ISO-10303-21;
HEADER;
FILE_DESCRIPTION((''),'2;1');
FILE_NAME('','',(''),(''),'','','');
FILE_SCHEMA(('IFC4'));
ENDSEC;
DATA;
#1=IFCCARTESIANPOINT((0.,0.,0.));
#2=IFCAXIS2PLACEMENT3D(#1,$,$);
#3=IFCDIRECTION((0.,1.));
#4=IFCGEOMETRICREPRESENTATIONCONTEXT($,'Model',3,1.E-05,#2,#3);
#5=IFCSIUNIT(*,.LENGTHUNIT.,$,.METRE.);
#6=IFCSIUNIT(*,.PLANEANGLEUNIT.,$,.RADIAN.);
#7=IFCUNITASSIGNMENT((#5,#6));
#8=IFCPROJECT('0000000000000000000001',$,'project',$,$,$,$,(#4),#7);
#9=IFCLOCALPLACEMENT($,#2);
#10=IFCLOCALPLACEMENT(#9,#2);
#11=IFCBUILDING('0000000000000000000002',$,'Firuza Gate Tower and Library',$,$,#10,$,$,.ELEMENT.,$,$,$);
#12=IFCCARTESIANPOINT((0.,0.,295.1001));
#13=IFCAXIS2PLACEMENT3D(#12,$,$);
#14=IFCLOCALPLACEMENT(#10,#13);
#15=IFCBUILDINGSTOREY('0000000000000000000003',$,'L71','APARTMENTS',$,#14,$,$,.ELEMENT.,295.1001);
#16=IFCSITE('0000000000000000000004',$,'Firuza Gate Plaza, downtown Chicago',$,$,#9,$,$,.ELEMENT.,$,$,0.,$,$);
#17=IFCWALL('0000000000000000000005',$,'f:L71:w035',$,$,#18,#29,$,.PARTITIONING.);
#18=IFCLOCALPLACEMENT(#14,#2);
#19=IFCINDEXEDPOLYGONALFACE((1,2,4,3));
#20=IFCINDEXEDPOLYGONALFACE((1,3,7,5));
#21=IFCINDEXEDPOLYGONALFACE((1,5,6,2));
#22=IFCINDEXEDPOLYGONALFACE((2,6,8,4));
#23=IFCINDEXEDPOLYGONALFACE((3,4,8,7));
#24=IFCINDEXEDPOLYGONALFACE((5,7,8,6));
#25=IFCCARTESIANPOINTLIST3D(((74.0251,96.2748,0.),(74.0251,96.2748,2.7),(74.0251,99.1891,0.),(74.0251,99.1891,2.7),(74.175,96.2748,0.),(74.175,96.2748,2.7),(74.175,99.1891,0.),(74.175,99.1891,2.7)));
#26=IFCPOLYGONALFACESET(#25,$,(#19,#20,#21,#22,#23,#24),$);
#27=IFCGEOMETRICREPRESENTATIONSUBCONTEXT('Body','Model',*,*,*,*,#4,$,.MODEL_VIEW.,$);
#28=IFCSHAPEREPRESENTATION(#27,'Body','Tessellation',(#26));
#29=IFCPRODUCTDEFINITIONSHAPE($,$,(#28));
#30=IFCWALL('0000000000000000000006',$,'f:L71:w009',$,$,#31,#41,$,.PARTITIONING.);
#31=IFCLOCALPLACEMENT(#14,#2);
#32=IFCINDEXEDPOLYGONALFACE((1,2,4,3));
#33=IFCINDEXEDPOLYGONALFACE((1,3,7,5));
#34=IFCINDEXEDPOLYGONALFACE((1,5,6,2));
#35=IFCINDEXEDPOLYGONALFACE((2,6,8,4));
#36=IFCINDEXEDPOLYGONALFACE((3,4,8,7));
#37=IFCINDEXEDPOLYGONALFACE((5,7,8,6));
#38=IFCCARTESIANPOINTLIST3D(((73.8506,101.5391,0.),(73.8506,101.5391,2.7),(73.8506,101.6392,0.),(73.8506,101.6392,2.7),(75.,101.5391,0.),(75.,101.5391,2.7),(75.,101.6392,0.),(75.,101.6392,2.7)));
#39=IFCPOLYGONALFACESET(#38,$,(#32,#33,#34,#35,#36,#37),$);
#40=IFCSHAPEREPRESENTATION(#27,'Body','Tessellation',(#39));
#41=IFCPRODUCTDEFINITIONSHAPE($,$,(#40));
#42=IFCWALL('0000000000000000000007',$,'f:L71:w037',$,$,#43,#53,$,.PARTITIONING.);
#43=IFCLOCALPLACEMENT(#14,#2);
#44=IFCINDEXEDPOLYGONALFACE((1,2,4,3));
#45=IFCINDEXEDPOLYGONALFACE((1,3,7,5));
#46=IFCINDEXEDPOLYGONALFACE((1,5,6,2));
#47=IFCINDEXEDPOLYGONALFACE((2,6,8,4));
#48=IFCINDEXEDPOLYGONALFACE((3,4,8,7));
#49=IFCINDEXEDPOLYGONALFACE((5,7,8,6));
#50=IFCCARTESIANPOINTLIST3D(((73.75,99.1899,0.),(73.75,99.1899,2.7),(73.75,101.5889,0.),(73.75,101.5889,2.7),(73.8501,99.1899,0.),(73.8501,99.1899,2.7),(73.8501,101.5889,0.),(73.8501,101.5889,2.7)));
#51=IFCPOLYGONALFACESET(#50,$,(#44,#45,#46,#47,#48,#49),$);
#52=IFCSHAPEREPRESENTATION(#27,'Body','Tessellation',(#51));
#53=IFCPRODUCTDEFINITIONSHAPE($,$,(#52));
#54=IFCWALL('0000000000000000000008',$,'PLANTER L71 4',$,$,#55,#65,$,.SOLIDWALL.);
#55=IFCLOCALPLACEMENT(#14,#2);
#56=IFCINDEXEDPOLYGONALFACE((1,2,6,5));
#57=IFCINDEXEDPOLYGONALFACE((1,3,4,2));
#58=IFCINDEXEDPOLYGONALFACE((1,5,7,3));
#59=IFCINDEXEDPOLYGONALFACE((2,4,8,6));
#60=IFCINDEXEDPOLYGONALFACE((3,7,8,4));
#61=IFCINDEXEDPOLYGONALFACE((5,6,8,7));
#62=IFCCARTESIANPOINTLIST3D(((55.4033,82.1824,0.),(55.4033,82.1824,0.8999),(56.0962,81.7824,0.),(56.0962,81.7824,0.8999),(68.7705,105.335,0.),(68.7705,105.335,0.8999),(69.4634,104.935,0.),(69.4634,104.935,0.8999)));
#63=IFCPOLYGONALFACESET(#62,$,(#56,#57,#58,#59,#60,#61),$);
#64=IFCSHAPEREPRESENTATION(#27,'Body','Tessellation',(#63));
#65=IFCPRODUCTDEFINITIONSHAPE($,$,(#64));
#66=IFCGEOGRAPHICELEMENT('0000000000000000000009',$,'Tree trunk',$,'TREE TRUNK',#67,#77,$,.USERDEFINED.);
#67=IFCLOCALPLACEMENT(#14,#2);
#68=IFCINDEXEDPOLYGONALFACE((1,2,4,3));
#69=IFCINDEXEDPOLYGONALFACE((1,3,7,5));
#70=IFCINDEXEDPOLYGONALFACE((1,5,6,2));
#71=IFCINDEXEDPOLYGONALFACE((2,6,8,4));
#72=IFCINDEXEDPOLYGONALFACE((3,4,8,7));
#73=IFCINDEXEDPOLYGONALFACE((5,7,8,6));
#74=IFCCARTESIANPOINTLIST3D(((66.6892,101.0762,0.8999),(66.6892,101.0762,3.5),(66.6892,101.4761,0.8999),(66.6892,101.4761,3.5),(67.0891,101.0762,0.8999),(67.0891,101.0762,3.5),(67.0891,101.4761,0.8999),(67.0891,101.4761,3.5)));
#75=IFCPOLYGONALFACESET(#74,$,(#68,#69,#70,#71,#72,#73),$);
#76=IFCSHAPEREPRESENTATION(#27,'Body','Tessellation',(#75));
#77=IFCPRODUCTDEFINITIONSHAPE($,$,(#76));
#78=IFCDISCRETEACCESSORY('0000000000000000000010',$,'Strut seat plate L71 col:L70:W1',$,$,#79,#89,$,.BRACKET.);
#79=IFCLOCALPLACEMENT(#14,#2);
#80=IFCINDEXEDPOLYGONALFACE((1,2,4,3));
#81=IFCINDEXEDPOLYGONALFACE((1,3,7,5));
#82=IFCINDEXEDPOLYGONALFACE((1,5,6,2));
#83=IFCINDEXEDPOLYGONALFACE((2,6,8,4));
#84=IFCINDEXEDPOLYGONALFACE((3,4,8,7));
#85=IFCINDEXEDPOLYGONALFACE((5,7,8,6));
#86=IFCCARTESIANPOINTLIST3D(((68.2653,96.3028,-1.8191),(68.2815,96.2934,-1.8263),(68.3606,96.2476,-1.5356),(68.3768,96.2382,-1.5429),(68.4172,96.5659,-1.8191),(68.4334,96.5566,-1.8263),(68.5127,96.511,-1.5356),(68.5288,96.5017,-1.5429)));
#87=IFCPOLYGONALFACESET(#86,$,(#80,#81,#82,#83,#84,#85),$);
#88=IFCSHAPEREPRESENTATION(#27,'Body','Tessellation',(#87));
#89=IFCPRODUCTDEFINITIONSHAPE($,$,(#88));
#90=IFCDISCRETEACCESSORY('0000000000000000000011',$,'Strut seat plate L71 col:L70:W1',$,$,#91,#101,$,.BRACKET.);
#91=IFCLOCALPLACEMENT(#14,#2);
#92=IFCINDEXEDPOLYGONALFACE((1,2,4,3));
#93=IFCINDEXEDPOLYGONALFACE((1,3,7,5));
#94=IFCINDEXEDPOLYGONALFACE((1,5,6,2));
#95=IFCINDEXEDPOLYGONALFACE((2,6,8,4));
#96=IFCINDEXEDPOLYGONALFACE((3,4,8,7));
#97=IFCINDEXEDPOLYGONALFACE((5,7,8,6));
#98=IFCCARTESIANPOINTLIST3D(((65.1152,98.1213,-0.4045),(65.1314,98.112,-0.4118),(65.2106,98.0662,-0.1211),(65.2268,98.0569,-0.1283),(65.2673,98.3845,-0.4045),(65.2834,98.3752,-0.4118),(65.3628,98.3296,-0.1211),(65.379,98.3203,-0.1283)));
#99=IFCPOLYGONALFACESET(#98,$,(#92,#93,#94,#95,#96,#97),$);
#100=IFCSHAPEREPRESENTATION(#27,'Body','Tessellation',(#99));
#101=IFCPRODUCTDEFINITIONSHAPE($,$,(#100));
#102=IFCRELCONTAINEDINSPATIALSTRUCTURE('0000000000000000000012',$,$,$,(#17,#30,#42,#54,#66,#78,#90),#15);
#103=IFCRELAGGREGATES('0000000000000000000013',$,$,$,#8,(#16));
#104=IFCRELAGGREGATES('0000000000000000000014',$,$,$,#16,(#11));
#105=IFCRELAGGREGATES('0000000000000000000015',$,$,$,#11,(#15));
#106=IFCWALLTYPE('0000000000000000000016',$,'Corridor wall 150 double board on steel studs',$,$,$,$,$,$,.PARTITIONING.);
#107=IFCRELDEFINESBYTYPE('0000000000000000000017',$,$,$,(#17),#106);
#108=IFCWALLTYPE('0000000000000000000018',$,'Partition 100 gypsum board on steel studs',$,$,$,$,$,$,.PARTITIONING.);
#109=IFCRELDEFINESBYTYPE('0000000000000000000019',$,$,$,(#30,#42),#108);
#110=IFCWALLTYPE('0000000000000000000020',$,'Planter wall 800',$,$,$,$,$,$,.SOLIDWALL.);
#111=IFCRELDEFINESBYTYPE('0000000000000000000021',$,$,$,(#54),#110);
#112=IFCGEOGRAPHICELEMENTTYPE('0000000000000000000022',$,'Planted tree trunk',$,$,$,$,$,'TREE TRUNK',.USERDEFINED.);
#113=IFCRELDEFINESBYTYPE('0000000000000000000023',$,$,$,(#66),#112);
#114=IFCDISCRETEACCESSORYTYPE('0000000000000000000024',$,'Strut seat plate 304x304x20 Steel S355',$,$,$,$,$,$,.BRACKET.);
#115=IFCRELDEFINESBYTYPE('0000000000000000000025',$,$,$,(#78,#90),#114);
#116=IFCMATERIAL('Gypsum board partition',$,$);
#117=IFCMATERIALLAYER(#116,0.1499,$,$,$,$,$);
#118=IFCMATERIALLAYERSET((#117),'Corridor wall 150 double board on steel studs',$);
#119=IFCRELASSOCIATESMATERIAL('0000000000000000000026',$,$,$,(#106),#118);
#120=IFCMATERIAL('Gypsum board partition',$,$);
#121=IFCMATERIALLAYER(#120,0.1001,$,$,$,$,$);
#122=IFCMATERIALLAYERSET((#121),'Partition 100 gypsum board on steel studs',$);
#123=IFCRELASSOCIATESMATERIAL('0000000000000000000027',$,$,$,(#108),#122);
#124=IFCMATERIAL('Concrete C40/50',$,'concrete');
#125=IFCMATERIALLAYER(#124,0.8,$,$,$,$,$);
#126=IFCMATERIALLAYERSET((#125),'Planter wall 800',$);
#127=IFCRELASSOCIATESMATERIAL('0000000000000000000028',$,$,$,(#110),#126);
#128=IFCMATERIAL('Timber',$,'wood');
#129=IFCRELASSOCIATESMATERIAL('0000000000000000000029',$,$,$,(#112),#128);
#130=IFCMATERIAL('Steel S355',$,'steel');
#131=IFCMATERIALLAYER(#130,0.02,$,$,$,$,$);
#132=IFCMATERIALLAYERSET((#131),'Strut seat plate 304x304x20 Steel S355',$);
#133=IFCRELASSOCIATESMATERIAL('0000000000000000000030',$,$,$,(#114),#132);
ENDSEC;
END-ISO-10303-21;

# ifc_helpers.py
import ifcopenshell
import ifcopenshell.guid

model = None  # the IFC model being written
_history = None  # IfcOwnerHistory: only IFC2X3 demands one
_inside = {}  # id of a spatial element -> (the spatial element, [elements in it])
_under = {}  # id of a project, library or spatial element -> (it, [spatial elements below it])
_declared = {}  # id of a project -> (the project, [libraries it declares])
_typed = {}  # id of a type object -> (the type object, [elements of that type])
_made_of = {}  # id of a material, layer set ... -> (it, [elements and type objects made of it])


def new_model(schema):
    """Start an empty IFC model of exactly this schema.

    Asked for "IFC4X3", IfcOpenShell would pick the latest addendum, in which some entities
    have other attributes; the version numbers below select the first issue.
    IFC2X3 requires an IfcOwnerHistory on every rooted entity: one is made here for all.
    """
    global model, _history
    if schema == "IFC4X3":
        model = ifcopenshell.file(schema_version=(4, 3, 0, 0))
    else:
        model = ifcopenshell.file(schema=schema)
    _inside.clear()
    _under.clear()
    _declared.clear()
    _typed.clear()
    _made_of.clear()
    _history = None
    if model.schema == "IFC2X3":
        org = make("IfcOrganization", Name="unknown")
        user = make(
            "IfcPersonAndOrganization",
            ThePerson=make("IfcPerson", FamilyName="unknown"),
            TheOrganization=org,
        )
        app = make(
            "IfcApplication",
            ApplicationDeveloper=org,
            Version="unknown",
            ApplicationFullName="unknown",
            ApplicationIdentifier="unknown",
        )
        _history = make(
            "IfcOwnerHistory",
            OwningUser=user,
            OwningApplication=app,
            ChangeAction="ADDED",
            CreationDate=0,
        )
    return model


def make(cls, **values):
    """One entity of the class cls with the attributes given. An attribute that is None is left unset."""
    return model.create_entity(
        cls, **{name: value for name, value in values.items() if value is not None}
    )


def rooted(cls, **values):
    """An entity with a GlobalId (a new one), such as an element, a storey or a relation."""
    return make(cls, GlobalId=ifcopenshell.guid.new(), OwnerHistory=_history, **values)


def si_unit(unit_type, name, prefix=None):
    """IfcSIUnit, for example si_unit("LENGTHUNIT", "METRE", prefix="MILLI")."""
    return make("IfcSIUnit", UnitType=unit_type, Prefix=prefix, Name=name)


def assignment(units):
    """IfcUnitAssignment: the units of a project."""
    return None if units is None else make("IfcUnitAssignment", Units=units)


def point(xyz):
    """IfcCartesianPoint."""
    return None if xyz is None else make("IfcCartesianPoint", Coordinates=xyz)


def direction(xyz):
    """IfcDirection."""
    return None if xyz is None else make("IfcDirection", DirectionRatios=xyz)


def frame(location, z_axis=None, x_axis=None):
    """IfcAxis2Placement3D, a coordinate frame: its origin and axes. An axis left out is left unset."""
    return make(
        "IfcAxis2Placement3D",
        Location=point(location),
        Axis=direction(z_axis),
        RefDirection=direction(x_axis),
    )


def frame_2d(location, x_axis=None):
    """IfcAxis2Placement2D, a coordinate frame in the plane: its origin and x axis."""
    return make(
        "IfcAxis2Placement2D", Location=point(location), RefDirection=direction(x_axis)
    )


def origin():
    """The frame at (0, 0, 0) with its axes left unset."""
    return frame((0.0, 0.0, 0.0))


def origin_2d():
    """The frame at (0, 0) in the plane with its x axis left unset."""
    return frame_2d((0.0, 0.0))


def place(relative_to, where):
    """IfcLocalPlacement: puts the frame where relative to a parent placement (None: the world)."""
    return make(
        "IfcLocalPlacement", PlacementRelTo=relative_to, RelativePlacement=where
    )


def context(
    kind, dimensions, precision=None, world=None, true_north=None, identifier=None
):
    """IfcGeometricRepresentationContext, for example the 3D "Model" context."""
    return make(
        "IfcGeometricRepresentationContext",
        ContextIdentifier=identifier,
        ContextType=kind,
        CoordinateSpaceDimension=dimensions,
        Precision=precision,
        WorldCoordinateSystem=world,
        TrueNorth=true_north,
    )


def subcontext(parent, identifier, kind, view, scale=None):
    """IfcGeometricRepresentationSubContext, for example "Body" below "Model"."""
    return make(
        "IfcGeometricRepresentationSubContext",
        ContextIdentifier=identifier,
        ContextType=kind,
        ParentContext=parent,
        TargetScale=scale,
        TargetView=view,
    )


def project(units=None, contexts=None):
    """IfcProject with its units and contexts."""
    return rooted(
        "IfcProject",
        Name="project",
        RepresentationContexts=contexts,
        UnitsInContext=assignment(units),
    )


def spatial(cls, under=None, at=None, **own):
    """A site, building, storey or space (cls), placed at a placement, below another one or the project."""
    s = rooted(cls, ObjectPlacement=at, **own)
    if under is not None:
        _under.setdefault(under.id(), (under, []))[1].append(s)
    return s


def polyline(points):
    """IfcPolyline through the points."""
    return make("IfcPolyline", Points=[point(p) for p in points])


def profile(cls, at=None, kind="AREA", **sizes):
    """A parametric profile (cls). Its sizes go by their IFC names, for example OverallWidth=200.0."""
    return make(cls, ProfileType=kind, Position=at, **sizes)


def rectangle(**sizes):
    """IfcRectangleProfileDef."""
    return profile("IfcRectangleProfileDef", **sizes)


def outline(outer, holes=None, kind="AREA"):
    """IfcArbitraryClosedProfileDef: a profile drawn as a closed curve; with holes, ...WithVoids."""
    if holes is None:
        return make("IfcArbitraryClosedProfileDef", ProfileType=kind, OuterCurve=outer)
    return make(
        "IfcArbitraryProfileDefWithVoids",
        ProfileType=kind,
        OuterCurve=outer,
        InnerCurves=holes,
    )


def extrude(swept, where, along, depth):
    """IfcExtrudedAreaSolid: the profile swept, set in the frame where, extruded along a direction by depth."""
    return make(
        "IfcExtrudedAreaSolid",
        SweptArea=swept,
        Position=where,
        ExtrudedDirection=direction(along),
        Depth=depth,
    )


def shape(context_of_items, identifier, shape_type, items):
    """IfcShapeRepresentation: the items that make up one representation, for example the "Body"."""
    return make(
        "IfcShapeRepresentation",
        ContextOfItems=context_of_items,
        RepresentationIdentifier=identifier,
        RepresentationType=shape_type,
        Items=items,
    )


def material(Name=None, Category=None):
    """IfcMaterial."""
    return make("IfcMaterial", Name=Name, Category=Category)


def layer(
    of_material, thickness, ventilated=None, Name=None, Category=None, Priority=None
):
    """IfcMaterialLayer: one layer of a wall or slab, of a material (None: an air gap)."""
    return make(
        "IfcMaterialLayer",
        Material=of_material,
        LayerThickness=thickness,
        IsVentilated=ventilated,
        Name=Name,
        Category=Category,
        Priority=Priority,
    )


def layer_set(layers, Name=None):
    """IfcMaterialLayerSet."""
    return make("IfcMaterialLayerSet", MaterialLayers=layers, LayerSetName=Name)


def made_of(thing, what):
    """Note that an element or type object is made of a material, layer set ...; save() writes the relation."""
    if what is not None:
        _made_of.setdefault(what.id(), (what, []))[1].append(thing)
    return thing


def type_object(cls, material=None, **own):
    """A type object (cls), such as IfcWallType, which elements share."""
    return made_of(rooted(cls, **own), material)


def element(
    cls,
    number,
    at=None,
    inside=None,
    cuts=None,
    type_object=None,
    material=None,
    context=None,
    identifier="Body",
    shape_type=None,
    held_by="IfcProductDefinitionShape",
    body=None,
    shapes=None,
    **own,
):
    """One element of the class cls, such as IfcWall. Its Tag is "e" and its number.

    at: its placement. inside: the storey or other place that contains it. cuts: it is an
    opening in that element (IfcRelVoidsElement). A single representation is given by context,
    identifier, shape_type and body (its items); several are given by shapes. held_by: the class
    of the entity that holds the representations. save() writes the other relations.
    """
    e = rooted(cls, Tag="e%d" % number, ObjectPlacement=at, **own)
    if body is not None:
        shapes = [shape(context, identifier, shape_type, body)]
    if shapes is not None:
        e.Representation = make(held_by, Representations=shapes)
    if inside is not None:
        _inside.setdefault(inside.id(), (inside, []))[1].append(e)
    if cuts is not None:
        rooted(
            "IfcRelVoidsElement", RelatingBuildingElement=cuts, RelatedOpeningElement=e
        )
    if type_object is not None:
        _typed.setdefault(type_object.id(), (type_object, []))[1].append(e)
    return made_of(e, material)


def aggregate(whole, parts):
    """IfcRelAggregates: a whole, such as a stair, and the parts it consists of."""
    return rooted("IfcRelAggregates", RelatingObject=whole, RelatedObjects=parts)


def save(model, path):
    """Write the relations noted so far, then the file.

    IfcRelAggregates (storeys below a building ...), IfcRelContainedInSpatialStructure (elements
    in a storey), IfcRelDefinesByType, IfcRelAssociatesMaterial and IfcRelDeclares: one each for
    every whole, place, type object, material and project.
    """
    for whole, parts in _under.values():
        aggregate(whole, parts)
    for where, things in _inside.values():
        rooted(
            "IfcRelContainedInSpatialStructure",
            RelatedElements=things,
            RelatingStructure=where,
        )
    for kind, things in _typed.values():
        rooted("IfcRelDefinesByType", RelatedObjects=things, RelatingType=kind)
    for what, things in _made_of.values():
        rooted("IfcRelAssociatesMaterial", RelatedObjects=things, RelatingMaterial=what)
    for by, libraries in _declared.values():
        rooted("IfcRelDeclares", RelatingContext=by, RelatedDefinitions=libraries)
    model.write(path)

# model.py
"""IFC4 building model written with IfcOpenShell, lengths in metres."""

from ifc_helpers import new_model, si_unit, direction, frame, frame_2d, origin, origin_2d, place, context, subcontext, project, spatial, polyline, rectangle, outline, extrude, material, layer, layer_set, type_object, element, save


model = new_model("IFC4")

# Units and contexts
model_context = context("Model", 3, precision=1e-05, world=origin(), true_north=direction((0.0, 1.0)))
body_context = subcontext(model_context, "Body", "Model", "MODEL_VIEW")
ifc_project = project(units=[si_unit("LENGTHUNIT", "METRE"), si_unit("PLANEANGLEUNIT", "RADIAN")], contexts=[model_context])

# Site, building, storey
site_placement = place(None, origin())
site = spatial("IfcSite", under=ifc_project, at=site_placement, Name="Firuza Gate Plaza, downtown Chicago", CompositionType="ELEMENT", RefElevation=0.0)
building_placement = place(site_placement, origin())
building = spatial("IfcBuilding", under=site, at=building_placement, Name="Firuza Gate Tower and Library", CompositionType="ELEMENT")
storey_placement = place(building_placement, frame((0.0, 0.0, 295.1001)))
storey = spatial("IfcBuildingStorey", under=building, at=storey_placement, Name="L71", Description="APARTMENTS", CompositionType="ELEMENT", Elevation=295.1001)

# Shared definitions
ifc_material_1 = material(Name="Gypsum board partition")
ifc_layer_1 = layer(ifc_material_1, 0.1499)
ifc_layer_set_1 = layer_set([ifc_layer_1], Name="Corridor wall 150 double board on steel studs")
wall_type_1 = type_object("IfcWallType", Name="Corridor wall 150 double board on steel studs", PredefinedType="PARTITIONING", material=ifc_layer_set_1)

# Walls
wall_1_placement = place(storey_placement, frame((74.1001, 96.2749, 0.0), z_axis=(0.0, 0.0, 1.0), x_axis=(0.0, 1.0, 0.0)))
element("IfcWall", 1, at=wall_1_placement, inside=storey, type_object=wall_type_1, Name="f:L71:w035", PredefinedType="PARTITIONING", context=body_context, shape_type="SweptSolid", body=[
    extrude(rectangle(XDim=2.9143, YDim=0.1499, at=frame_2d((1.457, 0.0))), origin(), (0.0, 0.0, 1.0), 2.7),
])
ifc_material_2 = material(Name="Gypsum board partition")
ifc_layer_2 = layer(ifc_material_2, 0.1001)
ifc_layer_set_2 = layer_set([ifc_layer_2], Name="Partition 100 gypsum board on steel studs")
wall_type_2 = type_object("IfcWallType", Name="Partition 100 gypsum board on steel studs", PredefinedType="PARTITIONING", material=ifc_layer_set_2)
wall_2_placement = place(storey_placement, frame((73.8506, 101.5891, 0.0), z_axis=(0.0, 0.0, 1.0), x_axis=(1.0, 0.0, 0.0)))
element("IfcWall", 2, at=wall_2_placement, inside=storey, type_object=wall_type_2, Name="f:L71:w009", PredefinedType="PARTITIONING", context=body_context, shape_type="SweptSolid", body=[
    extrude(rectangle(XDim=1.1494, YDim=0.1001, at=frame_2d((0.5747, 0.0))), origin(), (0.0, 0.0, 1.0), 2.7),
])
wall_3_placement = place(storey_placement, frame((73.8, 99.1899, 0.0), z_axis=(0.0, 0.0, 1.0), x_axis=(0.0, 1.0, 0.0)))
element("IfcWall", 3, at=wall_3_placement, inside=storey, type_object=wall_type_2, Name="f:L71:w037", PredefinedType="PARTITIONING", context=body_context, shape_type="SweptSolid", body=[
    extrude(rectangle(XDim=2.3989, YDim=0.1001, at=frame_2d((1.1995, 0.0))), origin(), (0.0, 0.0, 1.0), 2.7),
])
ifc_material_3 = material(Name="Concrete C40/50", Category="concrete")
ifc_layer_3 = layer(ifc_material_3, 0.8)
ifc_layer_set_3 = layer_set([ifc_layer_3], Name="Planter wall 800")
wall_type_3 = type_object("IfcWallType", Name="Planter wall 800", PredefinedType="SOLIDWALL", material=ifc_layer_set_3)
wall_4_placement = place(storey_placement, frame((69.1169, 105.135, 0.0), z_axis=(0.0, 0.0, 1.0), x_axis=(-0.500001, -0.866025, 0.0)))
element("IfcWall", 4, at=wall_4_placement, inside=storey, type_object=wall_type_3, Name="PLANTER L71 4", PredefinedType="SOLIDWALL", context=body_context, shape_type="SweptSolid", body=[
    extrude(rectangle(XDim=26.7344, YDim=0.8, at=frame_2d((13.3672, 0.0))), origin(), (0.0, 0.0, 1.0), 0.8999),
])

# Geographic element
ifc_material_4 = material(Name="Timber", Category="wood")
geographic_element_type = type_object("IfcGeographicElementType", Name="Planted tree trunk", ElementType="TREE TRUNK", PredefinedType="USERDEFINED", material=ifc_material_4)
geographic_element_placement = place(storey_placement, frame((66.8892, 101.2761, 0.8999), z_axis=(0.0, 0.0, 1.0), x_axis=(1.0, 0.0, 0.0)))
element("IfcGeographicElement", 5, at=geographic_element_placement, inside=storey, type_object=geographic_element_type, Name="Tree trunk", ObjectType="TREE TRUNK", PredefinedType="USERDEFINED", context=body_context, shape_type="SweptSolid", body=[
    extrude(rectangle(XDim=0.3999, YDim=0.3999, at=origin_2d()), origin(), (0.0, 0.0, 1.0), 2.6001),
])

# Discrete accessories
ifc_material_5 = material(Name="Steel S355", Category="steel")
ifc_layer_4 = layer(ifc_material_5, 0.02)
ifc_layer_set_4 = layer_set([ifc_layer_4], Name="Strut seat plate 304x304x20 Steel S355")
discrete_accessory_type = type_object("IfcDiscreteAccessoryType", Name="Strut seat plate 304x304x20 Steel S355", PredefinedType="BRACKET", material=ifc_layer_set_4)
discrete_accessory_1_placement = place(storey_placement, frame((68.3606, 96.2476, -1.5356), z_axis=(-0.807329, 0.465982, 0.362051), x_axis=(0.499913, 0.866076, 0.00005)))
element("IfcDiscreteAccessory", 6, at=discrete_accessory_1_placement, inside=storey, type_object=discrete_accessory_type, Name="Strut seat plate L71 col:L70:W1", PredefinedType="BRACKET", context=body_context, shape_type="SweptSolid", body=[
    extrude(outline(polyline([(0.0, 0.0), (0.3042, 0.0), (0.304, 0.3041), (0.0002, 0.3041), (0.0, 0.0)])), origin(), (0.0, 0.0, -1.0), 0.02),
])
discrete_accessory_2_placement = place(storey_placement, frame((65.3628, 98.3296, -0.1211), z_axis=(-0.807065, 0.466204, 0.362353), x_axis=(-0.500175, -0.865925, 0.000068)))
element("IfcDiscreteAccessory", 7, at=discrete_accessory_2_placement, inside=storey, type_object=discrete_accessory_type, Name="Strut seat plate L71 col:L70:W1", PredefinedType="BRACKET", context=body_context, shape_type="SweptSolid", body=[
    extrude(outline(polyline([(0.0, 0.0), (0.3042, 0.0), (0.3041, -0.3041), (0.0002, -0.3041), (0.0, 0.0)])), origin(), (0.0, 0.0, -1.0), 0.02),
])

save(model, "model.ifc")
